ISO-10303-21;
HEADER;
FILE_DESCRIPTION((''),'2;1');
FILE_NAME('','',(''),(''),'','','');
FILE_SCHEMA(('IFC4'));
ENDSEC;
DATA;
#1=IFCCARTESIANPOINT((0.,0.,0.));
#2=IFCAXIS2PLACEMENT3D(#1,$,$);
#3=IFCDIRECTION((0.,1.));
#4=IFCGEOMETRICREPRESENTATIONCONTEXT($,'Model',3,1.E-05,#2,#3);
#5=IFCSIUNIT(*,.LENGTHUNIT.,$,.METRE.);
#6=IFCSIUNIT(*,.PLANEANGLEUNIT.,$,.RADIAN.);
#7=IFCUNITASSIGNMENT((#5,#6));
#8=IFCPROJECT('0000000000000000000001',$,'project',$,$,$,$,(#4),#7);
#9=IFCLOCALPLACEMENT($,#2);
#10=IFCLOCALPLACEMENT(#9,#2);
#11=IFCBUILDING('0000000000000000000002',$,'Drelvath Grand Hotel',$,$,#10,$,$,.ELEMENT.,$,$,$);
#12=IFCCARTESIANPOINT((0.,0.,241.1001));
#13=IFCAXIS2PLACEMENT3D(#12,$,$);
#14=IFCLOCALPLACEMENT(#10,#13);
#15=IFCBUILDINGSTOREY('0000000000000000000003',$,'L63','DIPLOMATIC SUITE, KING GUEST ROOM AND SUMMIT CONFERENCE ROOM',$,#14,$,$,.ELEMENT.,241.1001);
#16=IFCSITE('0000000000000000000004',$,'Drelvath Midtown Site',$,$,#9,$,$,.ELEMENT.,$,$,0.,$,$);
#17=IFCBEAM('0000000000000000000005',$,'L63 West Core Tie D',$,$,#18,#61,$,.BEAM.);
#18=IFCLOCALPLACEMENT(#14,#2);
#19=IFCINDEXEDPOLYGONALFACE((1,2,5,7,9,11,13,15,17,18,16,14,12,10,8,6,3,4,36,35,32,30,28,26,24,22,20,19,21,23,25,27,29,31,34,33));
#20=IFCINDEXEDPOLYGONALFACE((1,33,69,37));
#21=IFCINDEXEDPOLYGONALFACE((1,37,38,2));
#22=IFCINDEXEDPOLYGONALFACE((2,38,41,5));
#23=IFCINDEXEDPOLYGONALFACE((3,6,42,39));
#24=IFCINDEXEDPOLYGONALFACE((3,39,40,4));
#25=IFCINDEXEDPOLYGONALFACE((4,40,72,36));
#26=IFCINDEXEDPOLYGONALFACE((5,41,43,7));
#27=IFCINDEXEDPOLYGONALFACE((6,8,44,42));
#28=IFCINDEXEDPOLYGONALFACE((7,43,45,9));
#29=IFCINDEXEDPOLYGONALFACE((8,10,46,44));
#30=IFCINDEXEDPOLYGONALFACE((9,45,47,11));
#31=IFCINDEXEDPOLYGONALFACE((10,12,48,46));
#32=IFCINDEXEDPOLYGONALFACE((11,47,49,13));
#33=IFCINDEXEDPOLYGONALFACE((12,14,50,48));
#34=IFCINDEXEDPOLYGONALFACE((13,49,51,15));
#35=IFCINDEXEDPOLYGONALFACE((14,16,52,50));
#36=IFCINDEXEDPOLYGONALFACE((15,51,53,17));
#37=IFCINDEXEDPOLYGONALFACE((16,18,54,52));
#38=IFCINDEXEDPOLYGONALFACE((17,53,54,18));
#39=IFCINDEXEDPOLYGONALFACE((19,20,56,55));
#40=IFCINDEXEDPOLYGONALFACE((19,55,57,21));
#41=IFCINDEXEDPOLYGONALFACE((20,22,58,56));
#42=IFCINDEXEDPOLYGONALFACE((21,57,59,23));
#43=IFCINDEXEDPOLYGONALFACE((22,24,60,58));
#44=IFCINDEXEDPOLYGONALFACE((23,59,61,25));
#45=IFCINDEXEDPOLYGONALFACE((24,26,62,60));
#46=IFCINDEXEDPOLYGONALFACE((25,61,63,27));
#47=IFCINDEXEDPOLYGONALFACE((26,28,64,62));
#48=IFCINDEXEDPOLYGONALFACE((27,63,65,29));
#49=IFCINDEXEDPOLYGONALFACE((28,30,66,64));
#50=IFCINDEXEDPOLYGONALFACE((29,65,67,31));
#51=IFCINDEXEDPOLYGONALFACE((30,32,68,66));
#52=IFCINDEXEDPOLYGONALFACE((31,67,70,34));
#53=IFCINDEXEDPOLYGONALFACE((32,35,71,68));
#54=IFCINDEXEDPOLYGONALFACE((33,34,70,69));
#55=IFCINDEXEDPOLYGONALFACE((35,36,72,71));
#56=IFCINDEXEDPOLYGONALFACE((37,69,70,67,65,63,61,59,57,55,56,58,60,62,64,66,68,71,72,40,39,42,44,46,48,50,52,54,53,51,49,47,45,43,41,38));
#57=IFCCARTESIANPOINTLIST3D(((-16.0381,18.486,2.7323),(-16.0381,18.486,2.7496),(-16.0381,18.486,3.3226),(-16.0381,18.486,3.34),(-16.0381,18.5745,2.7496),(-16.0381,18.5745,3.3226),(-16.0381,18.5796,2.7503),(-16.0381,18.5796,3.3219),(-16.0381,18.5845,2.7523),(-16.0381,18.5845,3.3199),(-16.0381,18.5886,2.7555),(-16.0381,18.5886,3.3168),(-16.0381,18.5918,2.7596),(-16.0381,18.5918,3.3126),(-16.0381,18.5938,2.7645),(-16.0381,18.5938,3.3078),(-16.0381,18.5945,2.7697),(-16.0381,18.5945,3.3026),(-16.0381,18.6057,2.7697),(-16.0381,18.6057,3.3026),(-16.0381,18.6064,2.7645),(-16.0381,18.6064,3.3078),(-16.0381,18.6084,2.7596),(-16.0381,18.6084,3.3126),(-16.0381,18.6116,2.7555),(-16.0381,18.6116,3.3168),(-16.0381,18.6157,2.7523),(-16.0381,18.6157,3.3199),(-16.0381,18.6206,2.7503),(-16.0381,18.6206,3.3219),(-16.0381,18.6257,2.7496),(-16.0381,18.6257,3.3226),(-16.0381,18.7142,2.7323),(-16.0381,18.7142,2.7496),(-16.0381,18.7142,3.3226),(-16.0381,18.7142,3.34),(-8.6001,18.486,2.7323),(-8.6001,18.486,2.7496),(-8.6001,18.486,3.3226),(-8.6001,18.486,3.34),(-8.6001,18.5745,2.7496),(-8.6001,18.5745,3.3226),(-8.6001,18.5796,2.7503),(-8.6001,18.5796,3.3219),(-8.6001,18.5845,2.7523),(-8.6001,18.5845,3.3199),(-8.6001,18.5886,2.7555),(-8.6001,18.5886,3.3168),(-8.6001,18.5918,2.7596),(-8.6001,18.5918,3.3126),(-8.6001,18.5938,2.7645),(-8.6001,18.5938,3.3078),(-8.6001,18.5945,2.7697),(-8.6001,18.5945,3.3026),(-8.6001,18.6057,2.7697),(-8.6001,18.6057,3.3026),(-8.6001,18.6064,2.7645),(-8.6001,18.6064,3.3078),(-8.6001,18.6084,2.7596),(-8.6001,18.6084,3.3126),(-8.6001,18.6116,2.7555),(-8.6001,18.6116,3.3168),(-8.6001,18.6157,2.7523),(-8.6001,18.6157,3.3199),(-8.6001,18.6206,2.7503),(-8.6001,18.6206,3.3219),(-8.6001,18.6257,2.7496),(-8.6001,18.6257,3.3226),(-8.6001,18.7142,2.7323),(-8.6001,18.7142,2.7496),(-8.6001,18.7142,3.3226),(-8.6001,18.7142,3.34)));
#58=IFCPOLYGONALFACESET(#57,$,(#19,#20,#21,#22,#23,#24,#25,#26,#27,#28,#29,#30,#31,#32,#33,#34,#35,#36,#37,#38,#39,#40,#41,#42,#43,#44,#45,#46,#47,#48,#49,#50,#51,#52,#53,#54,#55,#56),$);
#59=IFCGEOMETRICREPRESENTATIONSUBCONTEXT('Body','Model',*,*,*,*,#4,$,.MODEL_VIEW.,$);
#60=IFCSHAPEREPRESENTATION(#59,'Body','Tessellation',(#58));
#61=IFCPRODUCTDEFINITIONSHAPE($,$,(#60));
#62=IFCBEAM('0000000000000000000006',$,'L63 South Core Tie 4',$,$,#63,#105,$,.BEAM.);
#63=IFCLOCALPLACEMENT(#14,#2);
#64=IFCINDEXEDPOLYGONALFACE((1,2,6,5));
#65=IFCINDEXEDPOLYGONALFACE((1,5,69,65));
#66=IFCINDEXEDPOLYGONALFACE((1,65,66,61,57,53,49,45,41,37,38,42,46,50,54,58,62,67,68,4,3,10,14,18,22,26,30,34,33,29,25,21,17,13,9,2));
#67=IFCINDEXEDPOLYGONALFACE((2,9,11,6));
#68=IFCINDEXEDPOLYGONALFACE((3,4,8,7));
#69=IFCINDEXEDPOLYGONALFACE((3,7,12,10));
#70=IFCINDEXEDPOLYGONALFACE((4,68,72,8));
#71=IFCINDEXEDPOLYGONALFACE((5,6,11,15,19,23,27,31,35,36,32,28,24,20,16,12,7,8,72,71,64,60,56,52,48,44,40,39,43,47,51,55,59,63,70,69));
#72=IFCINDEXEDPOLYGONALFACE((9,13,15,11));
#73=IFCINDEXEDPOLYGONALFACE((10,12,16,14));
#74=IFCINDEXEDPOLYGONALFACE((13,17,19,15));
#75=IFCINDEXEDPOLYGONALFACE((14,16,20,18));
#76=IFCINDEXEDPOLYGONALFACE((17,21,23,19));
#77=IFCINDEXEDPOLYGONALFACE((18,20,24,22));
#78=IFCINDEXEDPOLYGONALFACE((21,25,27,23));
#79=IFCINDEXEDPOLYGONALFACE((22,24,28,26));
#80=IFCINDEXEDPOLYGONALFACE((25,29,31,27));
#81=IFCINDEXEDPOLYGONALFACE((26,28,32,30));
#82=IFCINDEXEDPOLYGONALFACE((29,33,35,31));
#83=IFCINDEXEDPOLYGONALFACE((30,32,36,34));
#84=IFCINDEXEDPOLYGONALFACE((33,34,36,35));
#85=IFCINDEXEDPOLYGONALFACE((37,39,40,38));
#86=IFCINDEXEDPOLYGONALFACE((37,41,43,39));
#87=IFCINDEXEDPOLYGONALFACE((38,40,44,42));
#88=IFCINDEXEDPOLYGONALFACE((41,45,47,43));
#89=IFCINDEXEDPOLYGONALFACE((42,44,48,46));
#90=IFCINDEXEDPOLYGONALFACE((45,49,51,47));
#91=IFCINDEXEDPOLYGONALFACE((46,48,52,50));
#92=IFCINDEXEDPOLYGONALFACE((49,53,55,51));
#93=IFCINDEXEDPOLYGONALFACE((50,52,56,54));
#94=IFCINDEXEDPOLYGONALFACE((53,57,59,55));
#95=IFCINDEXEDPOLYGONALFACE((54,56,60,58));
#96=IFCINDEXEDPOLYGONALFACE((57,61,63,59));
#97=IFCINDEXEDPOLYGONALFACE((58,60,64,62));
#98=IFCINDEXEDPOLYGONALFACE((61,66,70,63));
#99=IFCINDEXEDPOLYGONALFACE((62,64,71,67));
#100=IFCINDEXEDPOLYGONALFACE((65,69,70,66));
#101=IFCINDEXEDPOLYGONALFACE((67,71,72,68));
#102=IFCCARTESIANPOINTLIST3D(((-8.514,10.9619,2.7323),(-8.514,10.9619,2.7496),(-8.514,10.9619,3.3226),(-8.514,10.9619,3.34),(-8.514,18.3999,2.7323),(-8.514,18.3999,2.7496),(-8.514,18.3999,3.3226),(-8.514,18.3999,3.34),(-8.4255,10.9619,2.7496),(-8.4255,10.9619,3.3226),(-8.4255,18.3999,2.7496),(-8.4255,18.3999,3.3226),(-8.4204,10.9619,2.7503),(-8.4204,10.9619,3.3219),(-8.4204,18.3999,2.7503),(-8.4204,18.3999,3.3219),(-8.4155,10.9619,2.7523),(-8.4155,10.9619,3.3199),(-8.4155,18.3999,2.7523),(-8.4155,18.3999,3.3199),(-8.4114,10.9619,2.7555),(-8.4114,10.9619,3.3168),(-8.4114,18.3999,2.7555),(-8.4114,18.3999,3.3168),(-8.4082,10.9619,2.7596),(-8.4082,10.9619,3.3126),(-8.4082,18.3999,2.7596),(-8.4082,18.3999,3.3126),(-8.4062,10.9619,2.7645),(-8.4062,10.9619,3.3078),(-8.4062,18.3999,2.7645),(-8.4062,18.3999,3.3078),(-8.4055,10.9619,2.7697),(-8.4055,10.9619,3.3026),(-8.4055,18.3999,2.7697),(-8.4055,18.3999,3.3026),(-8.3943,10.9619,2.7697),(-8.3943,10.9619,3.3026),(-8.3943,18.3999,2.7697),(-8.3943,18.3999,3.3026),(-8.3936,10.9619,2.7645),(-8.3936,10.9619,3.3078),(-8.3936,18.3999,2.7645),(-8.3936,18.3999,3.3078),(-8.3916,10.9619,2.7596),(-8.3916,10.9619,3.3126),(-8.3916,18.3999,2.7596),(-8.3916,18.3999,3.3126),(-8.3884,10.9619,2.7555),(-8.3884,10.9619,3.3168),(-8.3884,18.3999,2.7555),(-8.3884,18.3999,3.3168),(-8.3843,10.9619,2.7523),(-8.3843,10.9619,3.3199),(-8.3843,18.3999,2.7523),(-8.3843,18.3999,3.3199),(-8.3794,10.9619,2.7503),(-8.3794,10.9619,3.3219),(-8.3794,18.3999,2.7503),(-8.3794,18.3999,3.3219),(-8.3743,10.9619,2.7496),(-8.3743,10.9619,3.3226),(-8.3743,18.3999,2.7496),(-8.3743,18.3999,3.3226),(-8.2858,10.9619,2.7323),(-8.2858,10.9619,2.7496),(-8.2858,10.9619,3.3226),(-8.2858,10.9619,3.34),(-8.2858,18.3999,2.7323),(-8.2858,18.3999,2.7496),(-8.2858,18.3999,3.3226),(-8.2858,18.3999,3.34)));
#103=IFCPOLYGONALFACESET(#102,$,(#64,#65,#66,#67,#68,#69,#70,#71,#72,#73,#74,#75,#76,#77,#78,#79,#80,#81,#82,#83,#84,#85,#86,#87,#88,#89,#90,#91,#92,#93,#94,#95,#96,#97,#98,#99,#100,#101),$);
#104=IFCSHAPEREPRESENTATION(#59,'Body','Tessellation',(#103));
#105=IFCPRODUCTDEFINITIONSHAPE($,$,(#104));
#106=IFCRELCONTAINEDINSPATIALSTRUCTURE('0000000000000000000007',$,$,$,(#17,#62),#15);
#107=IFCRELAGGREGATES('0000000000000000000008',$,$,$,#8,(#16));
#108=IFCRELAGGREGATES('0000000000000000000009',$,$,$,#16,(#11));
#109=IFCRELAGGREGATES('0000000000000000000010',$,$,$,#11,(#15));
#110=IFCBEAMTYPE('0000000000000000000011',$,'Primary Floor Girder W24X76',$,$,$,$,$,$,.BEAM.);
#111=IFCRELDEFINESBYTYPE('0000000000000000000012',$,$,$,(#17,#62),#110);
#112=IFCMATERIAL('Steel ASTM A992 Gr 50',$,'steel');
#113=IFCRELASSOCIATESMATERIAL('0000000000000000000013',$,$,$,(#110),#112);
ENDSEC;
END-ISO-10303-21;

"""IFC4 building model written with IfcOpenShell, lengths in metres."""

from ifc_helpers import new_model, si_unit, direction, frame, origin, origin_2d, place, context, subcontext, project, spatial, i_section, extrude, material, material_profile, profile_set, type_object, element, save


model = new_model("IFC4")

# Units and contexts
model_context = context("Model", 3, precision=1e-05, world=origin(), true_north=direction((0.0, 1.0)))
body_context = subcontext(model_context, "Body", "Model", "MODEL_VIEW")
ifc_project = project(units=[si_unit("LENGTHUNIT", "METRE"), si_unit("PLANEANGLEUNIT", "RADIAN")], contexts=[model_context])

# Site, building, storey
site_placement = place(None, origin())
site = spatial("IfcSite", under=ifc_project, at=site_placement, Name="Drelvath Midtown Site", CompositionType="ELEMENT", RefElevation=0.0)
building_placement = place(site_placement, origin())
building = spatial("IfcBuilding", under=site, at=building_placement, Name="Drelvath Grand Hotel", CompositionType="ELEMENT")
storey_placement = place(building_placement, frame((0.0, 0.0, 241.1001)))
storey = spatial("IfcBuildingStorey", under=building, at=storey_placement, Name="L63", Description="DIPLOMATIC SUITE, KING GUEST ROOM AND SUMMIT CONFERENCE ROOM", CompositionType="ELEMENT", Elevation=241.1001)

# Beams
ifc_material_1 = material(Name="Steel ASTM A992 Gr 50", Category="steel")
ifc_material_profile = material_profile(ifc_material_1, i_section(OverallWidth=0.2283, OverallDepth=0.6077, WebThickness=0.0112, FlangeThickness=0.0173, FilletRadius=0.02, at=origin_2d()), Name="W24X76")
ifc_profile_set = profile_set([ifc_material_profile], Name="Steel ASTM A992 Gr 50")
beam_type = type_object("IfcBeamType", Name="Primary Floor Girder W24X76", PredefinedType="BEAM", material=ifc_profile_set)
for number, where, z_axis, x_axis, name in (
    (1, (-16.0381, 18.6001, 3.0361), (1.0, 0.0, 0.0), (0.0, 1.0, 0.0), "L63 West Core Tie D"),
    (2, (-8.3999, 10.9619, 3.0361), (0.0, 1.0, 0.0), (-1.0, 0.0, 0.0), "L63 South Core Tie 4"),
):
    element("IfcBeam", number, at=place(storey_placement, frame(where, z_axis=z_axis, x_axis=x_axis)), inside=storey, type_object=beam_type, Name=name, PredefinedType="BEAM", context=body_context, shape_type="SweptSolid", body=[
        extrude(i_section(OverallWidth=0.2283, OverallDepth=0.6077, WebThickness=0.0112, FlangeThickness=0.0173, FilletRadius=0.02, at=origin_2d()), origin(), (0.0, 0.0, 1.0), 7.438),
    ])

save(model, "model.ifc")
